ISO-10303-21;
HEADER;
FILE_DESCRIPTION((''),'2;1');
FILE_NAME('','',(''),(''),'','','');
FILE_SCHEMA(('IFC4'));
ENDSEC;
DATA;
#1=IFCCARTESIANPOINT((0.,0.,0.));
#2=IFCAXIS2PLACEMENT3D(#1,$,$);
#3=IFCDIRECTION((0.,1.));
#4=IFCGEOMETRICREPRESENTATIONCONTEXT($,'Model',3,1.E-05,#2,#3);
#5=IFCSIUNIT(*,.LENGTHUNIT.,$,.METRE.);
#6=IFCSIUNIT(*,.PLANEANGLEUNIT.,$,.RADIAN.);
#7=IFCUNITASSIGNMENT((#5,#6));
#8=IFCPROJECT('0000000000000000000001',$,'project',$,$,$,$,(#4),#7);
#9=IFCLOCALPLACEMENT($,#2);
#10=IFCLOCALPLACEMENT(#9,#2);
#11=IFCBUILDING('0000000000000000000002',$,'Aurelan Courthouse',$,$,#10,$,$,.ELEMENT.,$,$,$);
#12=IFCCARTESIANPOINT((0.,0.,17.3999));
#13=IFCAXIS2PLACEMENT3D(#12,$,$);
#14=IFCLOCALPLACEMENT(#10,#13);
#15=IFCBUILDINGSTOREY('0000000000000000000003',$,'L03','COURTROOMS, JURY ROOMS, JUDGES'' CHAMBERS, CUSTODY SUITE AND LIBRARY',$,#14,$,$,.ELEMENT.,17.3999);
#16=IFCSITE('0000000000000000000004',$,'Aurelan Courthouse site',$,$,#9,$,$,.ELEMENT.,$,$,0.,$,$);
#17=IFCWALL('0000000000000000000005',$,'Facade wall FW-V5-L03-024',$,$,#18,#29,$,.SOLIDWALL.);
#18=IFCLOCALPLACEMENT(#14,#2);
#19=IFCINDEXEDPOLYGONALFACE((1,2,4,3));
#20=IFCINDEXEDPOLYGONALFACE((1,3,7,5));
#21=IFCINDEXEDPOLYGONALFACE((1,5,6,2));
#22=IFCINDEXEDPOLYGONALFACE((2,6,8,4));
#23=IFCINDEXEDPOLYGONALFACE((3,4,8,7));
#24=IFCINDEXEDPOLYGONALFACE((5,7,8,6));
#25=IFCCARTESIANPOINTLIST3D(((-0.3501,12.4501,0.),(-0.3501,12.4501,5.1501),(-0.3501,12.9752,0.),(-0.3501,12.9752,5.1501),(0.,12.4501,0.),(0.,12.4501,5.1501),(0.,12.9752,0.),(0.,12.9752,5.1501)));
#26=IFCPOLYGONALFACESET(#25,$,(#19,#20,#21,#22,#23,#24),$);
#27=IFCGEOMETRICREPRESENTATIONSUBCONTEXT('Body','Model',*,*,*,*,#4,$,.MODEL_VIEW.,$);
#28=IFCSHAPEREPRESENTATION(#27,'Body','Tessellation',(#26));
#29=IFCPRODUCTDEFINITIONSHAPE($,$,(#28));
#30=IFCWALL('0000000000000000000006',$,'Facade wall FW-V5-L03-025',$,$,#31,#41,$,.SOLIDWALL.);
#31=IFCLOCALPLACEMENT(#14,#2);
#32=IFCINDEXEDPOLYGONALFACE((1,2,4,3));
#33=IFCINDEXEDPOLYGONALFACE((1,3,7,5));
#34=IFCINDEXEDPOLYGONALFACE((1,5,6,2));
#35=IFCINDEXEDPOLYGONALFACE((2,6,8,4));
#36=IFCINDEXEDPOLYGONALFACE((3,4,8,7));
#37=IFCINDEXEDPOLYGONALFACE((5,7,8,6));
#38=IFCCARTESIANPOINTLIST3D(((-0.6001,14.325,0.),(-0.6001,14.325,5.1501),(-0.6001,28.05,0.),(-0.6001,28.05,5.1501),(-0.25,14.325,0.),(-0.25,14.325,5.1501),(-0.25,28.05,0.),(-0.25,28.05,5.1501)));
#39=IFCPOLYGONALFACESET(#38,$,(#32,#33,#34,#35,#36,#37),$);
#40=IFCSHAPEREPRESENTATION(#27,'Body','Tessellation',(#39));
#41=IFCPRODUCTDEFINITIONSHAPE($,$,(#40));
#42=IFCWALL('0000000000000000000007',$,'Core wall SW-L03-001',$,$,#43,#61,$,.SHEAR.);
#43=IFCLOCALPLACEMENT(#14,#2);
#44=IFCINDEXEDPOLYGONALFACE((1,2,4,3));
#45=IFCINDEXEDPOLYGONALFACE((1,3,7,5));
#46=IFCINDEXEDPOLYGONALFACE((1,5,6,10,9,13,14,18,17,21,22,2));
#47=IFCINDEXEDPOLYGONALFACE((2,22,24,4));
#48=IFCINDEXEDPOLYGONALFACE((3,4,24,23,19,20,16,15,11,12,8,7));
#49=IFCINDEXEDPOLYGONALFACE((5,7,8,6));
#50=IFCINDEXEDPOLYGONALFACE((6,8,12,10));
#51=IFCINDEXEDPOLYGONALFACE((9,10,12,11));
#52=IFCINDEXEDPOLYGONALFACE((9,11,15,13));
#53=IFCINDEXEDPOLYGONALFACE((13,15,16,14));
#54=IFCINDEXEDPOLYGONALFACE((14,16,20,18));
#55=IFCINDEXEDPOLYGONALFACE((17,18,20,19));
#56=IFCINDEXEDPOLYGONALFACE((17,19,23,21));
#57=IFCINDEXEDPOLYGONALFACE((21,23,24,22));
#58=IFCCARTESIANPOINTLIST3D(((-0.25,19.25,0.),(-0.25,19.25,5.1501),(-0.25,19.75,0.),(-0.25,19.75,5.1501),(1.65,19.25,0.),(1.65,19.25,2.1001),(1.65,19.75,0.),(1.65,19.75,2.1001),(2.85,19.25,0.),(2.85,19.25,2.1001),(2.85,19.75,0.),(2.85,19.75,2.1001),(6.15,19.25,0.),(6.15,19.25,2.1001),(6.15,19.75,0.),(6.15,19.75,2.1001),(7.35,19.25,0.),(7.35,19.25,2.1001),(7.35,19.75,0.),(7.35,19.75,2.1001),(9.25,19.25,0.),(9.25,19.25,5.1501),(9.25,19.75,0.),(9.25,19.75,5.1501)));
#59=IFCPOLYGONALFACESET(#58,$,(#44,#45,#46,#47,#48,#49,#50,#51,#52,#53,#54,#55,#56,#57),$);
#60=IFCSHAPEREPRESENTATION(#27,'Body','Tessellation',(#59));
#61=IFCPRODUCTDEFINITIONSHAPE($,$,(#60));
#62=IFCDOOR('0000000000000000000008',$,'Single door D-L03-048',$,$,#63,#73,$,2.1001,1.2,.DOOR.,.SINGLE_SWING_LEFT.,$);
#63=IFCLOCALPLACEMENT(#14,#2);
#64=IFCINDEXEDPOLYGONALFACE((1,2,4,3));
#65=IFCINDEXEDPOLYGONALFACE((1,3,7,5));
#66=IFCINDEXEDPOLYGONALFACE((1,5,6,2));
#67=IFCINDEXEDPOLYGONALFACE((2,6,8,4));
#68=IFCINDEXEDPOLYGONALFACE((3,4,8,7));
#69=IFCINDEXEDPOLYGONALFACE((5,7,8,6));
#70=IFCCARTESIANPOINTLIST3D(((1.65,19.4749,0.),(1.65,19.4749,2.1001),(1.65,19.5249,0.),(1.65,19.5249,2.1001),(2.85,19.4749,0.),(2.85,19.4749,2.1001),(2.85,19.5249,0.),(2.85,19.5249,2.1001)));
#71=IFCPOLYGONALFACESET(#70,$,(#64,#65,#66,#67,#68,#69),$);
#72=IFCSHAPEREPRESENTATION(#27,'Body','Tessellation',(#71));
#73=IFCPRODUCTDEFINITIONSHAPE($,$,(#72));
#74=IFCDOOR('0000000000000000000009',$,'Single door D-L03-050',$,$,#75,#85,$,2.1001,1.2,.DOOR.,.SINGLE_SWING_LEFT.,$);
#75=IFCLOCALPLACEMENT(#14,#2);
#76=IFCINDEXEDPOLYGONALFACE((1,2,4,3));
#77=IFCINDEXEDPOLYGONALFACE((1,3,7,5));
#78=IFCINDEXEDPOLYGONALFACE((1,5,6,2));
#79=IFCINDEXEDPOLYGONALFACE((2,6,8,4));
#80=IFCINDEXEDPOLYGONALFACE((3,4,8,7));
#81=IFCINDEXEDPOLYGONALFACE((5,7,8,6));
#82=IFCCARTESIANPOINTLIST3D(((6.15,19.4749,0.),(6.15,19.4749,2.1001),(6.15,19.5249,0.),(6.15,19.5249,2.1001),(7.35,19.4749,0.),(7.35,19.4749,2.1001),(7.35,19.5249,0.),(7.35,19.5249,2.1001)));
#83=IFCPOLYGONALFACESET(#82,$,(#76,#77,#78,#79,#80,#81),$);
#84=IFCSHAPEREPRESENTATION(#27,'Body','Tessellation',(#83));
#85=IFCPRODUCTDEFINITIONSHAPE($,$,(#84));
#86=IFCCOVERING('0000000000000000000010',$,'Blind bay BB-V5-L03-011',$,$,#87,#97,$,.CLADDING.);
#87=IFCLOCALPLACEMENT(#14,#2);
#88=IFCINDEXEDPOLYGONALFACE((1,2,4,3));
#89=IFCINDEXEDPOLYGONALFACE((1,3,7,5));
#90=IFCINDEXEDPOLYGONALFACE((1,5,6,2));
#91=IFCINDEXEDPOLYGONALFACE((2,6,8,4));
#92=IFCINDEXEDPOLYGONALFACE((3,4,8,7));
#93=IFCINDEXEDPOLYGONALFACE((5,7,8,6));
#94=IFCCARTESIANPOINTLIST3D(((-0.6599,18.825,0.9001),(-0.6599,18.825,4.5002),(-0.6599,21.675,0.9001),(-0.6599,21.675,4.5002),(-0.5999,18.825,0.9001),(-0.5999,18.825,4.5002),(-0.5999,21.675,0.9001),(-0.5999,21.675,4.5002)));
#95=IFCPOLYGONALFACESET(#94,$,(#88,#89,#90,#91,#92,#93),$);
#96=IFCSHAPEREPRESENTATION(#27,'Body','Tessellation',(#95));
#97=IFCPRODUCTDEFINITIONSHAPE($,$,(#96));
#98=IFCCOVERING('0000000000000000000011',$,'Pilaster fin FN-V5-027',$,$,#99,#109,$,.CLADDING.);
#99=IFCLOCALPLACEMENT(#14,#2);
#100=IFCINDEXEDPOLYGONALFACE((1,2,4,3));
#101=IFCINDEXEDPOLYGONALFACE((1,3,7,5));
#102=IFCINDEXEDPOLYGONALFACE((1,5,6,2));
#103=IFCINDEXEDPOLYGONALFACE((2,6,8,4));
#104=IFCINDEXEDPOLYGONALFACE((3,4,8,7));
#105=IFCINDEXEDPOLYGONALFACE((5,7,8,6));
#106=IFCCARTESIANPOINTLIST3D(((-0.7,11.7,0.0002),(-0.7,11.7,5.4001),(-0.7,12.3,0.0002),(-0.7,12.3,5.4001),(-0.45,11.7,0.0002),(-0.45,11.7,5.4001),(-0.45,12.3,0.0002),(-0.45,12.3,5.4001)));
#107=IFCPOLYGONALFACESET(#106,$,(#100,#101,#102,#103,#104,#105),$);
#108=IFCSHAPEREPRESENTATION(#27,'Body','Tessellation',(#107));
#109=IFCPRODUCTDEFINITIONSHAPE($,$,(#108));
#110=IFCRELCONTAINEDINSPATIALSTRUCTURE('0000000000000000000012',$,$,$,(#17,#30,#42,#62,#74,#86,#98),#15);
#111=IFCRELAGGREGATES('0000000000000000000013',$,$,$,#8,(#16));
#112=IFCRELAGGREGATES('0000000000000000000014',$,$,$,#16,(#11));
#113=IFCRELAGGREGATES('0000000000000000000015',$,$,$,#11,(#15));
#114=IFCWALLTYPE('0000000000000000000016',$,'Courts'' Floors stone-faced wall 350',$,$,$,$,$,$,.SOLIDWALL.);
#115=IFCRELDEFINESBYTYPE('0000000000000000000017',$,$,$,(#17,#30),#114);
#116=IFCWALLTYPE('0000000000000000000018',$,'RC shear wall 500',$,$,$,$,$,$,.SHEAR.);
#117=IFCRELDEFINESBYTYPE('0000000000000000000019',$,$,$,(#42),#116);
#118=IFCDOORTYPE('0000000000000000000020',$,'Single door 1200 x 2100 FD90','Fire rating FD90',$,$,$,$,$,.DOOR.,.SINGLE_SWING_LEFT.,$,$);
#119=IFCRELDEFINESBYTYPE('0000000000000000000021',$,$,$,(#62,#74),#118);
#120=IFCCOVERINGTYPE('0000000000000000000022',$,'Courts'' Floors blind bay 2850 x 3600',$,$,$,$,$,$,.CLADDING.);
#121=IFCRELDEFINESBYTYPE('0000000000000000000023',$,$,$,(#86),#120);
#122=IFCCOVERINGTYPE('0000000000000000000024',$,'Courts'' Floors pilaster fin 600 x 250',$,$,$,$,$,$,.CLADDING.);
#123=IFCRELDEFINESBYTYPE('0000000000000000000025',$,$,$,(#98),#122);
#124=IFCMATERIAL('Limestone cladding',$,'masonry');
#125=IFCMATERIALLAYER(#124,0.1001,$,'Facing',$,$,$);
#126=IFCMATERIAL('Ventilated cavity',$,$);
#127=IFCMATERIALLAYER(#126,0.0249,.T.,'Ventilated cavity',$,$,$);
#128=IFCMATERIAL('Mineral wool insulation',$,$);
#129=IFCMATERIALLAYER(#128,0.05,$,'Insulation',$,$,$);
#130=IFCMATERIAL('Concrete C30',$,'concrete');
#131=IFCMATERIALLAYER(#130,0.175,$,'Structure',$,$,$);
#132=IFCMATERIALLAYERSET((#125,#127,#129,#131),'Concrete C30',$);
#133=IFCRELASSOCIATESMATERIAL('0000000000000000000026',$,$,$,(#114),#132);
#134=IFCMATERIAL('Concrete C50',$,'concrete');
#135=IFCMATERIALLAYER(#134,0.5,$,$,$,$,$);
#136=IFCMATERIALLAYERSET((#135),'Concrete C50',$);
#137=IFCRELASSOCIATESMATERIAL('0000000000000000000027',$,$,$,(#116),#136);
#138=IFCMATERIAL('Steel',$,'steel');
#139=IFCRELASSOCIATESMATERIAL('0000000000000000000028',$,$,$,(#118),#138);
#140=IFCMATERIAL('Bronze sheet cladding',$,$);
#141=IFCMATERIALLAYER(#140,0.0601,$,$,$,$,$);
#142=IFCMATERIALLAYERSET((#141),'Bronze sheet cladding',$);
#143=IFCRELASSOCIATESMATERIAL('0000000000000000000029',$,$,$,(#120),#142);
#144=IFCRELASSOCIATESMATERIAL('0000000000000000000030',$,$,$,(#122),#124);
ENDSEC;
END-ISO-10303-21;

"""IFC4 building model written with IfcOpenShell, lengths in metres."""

from ifc_helpers import new_model, si_unit, direction, frame, frame_2d, origin, origin_2d, place, context, subcontext, project, spatial, rectangle, extrude, material, layer, layer_set, type_object, element, fill, save


model = new_model("IFC4")

# Units and contexts
model_context = context("Model", 3, precision=1e-05, world=origin(), true_north=direction((0.0, 1.0)))
body_context = subcontext(model_context, "Body", "Model", "MODEL_VIEW")
ifc_project = project(units=[si_unit("LENGTHUNIT", "METRE"), si_unit("PLANEANGLEUNIT", "RADIAN")], contexts=[model_context])

# Site, building, storey
site_placement = place(None, origin())
site = spatial("IfcSite", under=ifc_project, at=site_placement, Name="Aurelan Courthouse site", CompositionType="ELEMENT", RefElevation=0.0)
building_placement = place(site_placement, origin())
building = spatial("IfcBuilding", under=site, at=building_placement, Name="Aurelan Courthouse", CompositionType="ELEMENT")
storey_placement = place(building_placement, frame((0.0, 0.0, 17.3999)))
storey = spatial("IfcBuildingStorey", under=building, at=storey_placement, Name="L03", Description="COURTROOMS, JURY ROOMS, JUDGES' CHAMBERS, CUSTODY SUITE AND LIBRARY", CompositionType="ELEMENT", Elevation=17.3999)

# Shared definitions
ifc_material_1 = material(Name="Steel", Category="steel")

# Walls
ifc_material_2 = material(Name="Limestone cladding", Category="masonry")
ifc_layer_1 = layer(ifc_material_2, 0.1001, Name="Facing")
ifc_material_3 = material(Name="Ventilated cavity")
ifc_layer_2 = layer(ifc_material_3, 0.0249, ventilated=True, Name="Ventilated cavity")
ifc_material_4 = material(Name="Mineral wool insulation")
ifc_layer_3 = layer(ifc_material_4, 0.05, Name="Insulation")
ifc_material_5 = material(Name="Concrete C30", Category="concrete")
ifc_layer_4 = layer(ifc_material_5, 0.175, Name="Structure")
ifc_layer_set_1 = layer_set([ifc_layer_1, ifc_layer_2, ifc_layer_3, ifc_layer_4], Name="Concrete C30")
wall_type_1 = type_object("IfcWallType", Name="Courts' Floors stone-faced wall 350", PredefinedType="SOLIDWALL", material=ifc_layer_set_1)
wall_1_placement = place(storey_placement, frame((-0.175, 12.45, 0.0), z_axis=(0.0, 0.0, 1.0), x_axis=(0.0, 1.0, 0.0)))
element("IfcWall", 1, at=wall_1_placement, inside=storey, type_object=wall_type_1, Name="Facade wall FW-V5-L03-024", PredefinedType="SOLIDWALL", context=body_context, shape_type="SweptSolid", body=[
    extrude(rectangle(XDim=0.5251, YDim=0.3501, at=frame_2d((0.2627, 0.0))), origin(), (0.0, 0.0, 1.0), 5.1501),
])
wall_2_placement = place(storey_placement, frame((-0.425, 14.325, 0.0), z_axis=(0.0, 0.0, 1.0), x_axis=(0.0, 1.0, 0.0)))
element("IfcWall", 2, at=wall_2_placement, inside=storey, type_object=wall_type_1, Name="Facade wall FW-V5-L03-025", PredefinedType="SOLIDWALL", context=body_context, shape_type="SweptSolid", body=[
    extrude(rectangle(XDim=13.7251, YDim=0.3501, at=frame_2d((6.8625, 0.0))), origin(), (0.0, 0.0, 1.0), 5.1501),
])

# Wall, openings, doors
ifc_material_6 = material(Name="Concrete C50", Category="concrete")
ifc_layer_5 = layer(ifc_material_6, 0.5)
ifc_layer_set_2 = layer_set([ifc_layer_5], Name="Concrete C50")
wall_type_2 = type_object("IfcWallType", Name="RC shear wall 500", PredefinedType="SHEAR", material=ifc_layer_set_2)
wall_3_placement = place(storey_placement, frame((-0.25, 19.5, 0.0), z_axis=(0.0, 0.0, 1.0), x_axis=(1.0, 0.0, 0.0)))
wall_3 = element("IfcWall", 3, at=wall_3_placement, inside=storey, type_object=wall_type_2, Name="Core wall SW-L03-001", PredefinedType="SHEAR", context=body_context, shape_type="SweptSolid", body=[
    extrude(rectangle(XDim=9.5, YDim=0.5, at=frame_2d((4.75, 0.0))), origin(), (0.0, 0.0, 1.0), 5.1501),
])
opening_1_placement = place(wall_3_placement, frame((1.8999, 0.0, 0.0)))
opening_1 = element("IfcOpeningElement", 4, at=opening_1_placement, cuts=wall_3, PredefinedType="OPENING", context=body_context, shape_type="SweptSolid", body=[
    extrude(rectangle(XDim=1.2, YDim=2.1001, at=frame_2d((0.6001, 1.05))), frame((0.0, 0.26, 0.0), z_axis=(0.0, -1.0, 0.0), x_axis=(1.0, 0.0, 0.0)), (0.0, 0.0, 1.0), 0.52),
])
opening_2_placement = place(wall_3_placement, frame((6.3999, 0.0, 0.0)))
opening_2 = element("IfcOpeningElement", 5, at=opening_2_placement, cuts=wall_3, PredefinedType="OPENING", context=body_context, shape_type="SweptSolid", body=[
    extrude(rectangle(XDim=1.2, YDim=2.1001, at=frame_2d((0.6001, 1.05))), frame((0.0, 0.26, 0.0), z_axis=(0.0, -1.0, 0.0), x_axis=(1.0, 0.0, 0.0)), (0.0, 0.0, 1.0), 0.52),
])
door_type_1 = type_object("IfcDoorType", Name="Single door 1200 x 2100 FD90", Description="Fire rating FD90", OperationType="SINGLE_SWING_LEFT", PredefinedType="DOOR", material=ifc_material_1)
door_1_placement = place(opening_1_placement, origin())
door_1 = element("IfcDoor", 6, at=door_1_placement, inside=storey, type_object=door_type_1, Name="Single door D-L03-048", OperationType="SINGLE_SWING_LEFT", OverallHeight=2.1001, OverallWidth=1.2, PredefinedType="DOOR", context=body_context, shape_type="SweptSolid", body=[
    extrude(rectangle(XDim=1.2, YDim=2.1001, at=frame_2d((0.6001, 1.05))), frame((0.0, 0.0249, 0.0), z_axis=(0.0, -1.0, 0.0), x_axis=(1.0, 0.0, 0.0)), (0.0, 0.0, 1.0), 0.05),
])
fill(opening_1, door_1)
door_2_placement = place(opening_2_placement, origin())
door_2 = element("IfcDoor", 7, at=door_2_placement, inside=storey, type_object=door_type_1, Name="Single door D-L03-050", OperationType="SINGLE_SWING_LEFT", OverallHeight=2.1001, OverallWidth=1.2, PredefinedType="DOOR", context=body_context, shape_type="SweptSolid", body=[
    extrude(rectangle(XDim=1.2, YDim=2.1001, at=frame_2d((0.6001, 1.05))), frame((0.0, 0.0249, 0.0), z_axis=(0.0, -1.0, 0.0), x_axis=(1.0, 0.0, 0.0)), (0.0, 0.0, 1.0), 0.05),
])
fill(opening_2, door_2)

# Coverings
ifc_material_7 = material(Name="Bronze sheet cladding")
ifc_layer_6 = layer(ifc_material_7, 0.0601)
ifc_layer_set_3 = layer_set([ifc_layer_6], Name="Bronze sheet cladding")
covering_type_1 = type_object("IfcCoveringType", Name="Courts' Floors blind bay 2850 x 3600", PredefinedType="CLADDING", material=ifc_layer_set_3)
covering_1_placement = place(storey_placement, frame((-0.6299, 20.25, 0.9001), z_axis=(0.0, 0.0, 1.0), x_axis=(1.0, 0.0, 0.0)))
element("IfcCovering", 8, at=covering_1_placement, inside=storey, type_object=covering_type_1, Name="Blind bay BB-V5-L03-011", PredefinedType="CLADDING", context=body_context, shape_type="SweptSolid", body=[
    extrude(rectangle(XDim=0.0601, YDim=2.8501, at=origin_2d()), origin(), (0.0, 0.0, 1.0), 3.6001),
])
covering_type_2 = type_object("IfcCoveringType", Name="Courts' Floors pilaster fin 600 x 250", PredefinedType="CLADDING", material=ifc_material_2)
covering_2_placement = place(storey_placement, frame((-0.575, 12.0, 0.0002), z_axis=(0.0, 0.0, 1.0), x_axis=(1.0, 0.0, 0.0)))
element("IfcCovering", 9, at=covering_2_placement, inside=storey, type_object=covering_type_2, Name="Pilaster fin FN-V5-027", PredefinedType="CLADDING", context=body_context, shape_type="SweptSolid", body=[
    extrude(rectangle(XDim=0.25, YDim=0.6001, at=origin_2d()), origin(), (0.0, 0.0, 1.0), 5.3999),
])

save(model, "model.ifc")
